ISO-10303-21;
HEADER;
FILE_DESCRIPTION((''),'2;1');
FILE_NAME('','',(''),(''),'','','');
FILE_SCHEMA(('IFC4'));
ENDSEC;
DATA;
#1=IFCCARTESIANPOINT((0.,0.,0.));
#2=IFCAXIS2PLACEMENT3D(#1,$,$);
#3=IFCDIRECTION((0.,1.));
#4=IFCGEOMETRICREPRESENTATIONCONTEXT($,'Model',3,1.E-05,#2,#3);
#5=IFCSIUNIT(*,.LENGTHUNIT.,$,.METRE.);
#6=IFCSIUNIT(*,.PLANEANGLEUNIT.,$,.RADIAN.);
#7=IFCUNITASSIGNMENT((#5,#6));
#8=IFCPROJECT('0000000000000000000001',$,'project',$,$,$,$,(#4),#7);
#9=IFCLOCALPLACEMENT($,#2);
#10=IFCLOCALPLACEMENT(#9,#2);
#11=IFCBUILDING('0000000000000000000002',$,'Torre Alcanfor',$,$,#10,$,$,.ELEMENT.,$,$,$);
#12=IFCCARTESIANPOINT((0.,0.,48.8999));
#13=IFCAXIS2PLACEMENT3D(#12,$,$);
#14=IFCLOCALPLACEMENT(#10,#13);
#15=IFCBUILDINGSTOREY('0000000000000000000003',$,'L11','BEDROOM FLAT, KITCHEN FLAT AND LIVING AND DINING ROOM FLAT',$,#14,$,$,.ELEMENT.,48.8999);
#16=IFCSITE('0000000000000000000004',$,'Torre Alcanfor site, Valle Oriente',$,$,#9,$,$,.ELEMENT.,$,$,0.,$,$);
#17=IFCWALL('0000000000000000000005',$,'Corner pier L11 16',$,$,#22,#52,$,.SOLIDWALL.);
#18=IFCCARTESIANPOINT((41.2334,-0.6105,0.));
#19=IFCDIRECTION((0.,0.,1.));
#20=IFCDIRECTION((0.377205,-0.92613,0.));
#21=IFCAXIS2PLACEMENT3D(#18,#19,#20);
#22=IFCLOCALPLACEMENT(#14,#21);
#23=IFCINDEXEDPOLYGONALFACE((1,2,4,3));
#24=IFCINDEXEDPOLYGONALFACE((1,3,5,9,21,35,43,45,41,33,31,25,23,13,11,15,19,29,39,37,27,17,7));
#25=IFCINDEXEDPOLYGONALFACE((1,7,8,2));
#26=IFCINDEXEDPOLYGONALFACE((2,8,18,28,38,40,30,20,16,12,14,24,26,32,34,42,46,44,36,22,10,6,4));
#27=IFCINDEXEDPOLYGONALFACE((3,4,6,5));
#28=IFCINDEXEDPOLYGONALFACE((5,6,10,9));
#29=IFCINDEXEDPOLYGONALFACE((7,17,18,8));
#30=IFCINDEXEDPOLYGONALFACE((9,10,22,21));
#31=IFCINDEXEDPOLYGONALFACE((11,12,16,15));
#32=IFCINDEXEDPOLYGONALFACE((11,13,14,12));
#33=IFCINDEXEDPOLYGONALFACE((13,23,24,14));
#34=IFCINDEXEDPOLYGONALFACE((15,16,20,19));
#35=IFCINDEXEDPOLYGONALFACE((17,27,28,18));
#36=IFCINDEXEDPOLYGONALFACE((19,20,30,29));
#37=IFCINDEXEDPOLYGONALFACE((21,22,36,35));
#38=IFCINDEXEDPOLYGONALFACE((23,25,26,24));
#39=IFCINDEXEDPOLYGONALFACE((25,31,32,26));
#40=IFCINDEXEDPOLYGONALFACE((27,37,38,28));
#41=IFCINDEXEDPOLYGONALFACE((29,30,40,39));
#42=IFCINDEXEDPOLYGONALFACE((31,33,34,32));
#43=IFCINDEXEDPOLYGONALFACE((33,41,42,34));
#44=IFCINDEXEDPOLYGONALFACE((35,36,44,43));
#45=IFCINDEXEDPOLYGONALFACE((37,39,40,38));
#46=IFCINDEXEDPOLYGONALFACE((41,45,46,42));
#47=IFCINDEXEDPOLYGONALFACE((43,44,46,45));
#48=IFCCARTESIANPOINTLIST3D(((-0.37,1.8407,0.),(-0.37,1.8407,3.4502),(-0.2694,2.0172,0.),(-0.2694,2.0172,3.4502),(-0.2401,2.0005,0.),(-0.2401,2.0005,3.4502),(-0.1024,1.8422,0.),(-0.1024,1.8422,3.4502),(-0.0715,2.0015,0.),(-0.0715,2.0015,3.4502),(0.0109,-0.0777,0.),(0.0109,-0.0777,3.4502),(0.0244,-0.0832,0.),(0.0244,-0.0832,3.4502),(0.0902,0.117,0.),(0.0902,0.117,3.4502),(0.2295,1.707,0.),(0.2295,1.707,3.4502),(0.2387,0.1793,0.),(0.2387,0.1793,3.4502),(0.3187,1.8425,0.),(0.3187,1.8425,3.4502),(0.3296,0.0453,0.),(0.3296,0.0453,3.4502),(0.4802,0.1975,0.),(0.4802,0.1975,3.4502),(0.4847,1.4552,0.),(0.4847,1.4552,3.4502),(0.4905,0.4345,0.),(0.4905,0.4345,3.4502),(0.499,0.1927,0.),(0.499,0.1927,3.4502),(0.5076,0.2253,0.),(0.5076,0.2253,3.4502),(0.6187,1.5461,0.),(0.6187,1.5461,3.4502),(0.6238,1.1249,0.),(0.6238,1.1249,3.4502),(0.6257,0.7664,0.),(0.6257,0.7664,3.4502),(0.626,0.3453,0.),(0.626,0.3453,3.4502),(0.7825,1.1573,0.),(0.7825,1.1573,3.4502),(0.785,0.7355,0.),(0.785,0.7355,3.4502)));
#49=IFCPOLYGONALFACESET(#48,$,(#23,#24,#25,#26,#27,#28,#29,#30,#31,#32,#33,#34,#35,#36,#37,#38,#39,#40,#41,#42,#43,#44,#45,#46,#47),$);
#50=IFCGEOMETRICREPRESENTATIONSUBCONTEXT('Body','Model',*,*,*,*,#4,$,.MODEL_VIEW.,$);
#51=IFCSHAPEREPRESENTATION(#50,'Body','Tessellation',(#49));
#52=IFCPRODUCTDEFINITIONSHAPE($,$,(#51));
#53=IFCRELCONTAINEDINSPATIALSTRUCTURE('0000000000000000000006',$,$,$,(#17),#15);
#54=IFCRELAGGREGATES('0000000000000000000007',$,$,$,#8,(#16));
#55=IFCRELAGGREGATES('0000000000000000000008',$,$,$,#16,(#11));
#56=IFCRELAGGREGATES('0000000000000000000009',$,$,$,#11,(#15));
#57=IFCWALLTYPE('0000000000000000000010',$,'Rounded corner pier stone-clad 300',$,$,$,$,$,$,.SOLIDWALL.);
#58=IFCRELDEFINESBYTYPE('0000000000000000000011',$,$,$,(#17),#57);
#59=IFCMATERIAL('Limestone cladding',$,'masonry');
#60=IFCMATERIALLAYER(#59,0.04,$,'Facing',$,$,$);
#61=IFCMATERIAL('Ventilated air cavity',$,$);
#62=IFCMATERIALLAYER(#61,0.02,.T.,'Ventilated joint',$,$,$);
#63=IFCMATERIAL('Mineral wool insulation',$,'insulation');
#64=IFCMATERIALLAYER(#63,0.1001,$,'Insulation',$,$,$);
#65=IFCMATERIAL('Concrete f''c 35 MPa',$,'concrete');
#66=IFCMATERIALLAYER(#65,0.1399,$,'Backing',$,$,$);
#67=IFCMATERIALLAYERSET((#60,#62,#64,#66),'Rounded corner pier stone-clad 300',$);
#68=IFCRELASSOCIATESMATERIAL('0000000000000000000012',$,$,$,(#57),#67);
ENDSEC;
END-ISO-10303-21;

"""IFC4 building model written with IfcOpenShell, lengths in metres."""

from ifc_helpers import new_model, si_unit, direction, frame, origin, place, context, subcontext, project, spatial, polyline, outline, extrude, material, layer, layer_set, type_object, element, save


model = new_model("IFC4")

# Units and contexts
model_context = context("Model", 3, precision=1e-05, world=origin(), true_north=direction((0.0, 1.0)))
body_context = subcontext(model_context, "Body", "Model", "MODEL_VIEW")
ifc_project = project(units=[si_unit("LENGTHUNIT", "METRE"), si_unit("PLANEANGLEUNIT", "RADIAN")], contexts=[model_context])

# Site, building, storey
site_placement = place(None, origin())
site = spatial("IfcSite", under=ifc_project, at=site_placement, Name="Torre Alcanfor site, Valle Oriente", CompositionType="ELEMENT", RefElevation=0.0)
building_placement = place(site_placement, origin())
building = spatial("IfcBuilding", under=site, at=building_placement, Name="Torre Alcanfor", CompositionType="ELEMENT")
storey_placement = place(building_placement, frame((0.0, 0.0, 48.8999)))
storey = spatial("IfcBuildingStorey", under=building, at=storey_placement, Name="L11", Description="BEDROOM FLAT, KITCHEN FLAT AND LIVING AND DINING ROOM FLAT", CompositionType="ELEMENT", Elevation=48.8999)

# Wall
ifc_material_1 = material(Name="Limestone cladding", Category="masonry")
ifc_layer_1 = layer(ifc_material_1, 0.04, Name="Facing")
ifc_material_2 = material(Name="Ventilated air cavity")
ifc_layer_2 = layer(ifc_material_2, 0.02, ventilated=True, Name="Ventilated joint")
ifc_material_3 = material(Name="Mineral wool insulation", Category="insulation")
ifc_layer_3 = layer(ifc_material_3, 0.1001, Name="Insulation")
ifc_material_4 = material(Name="Concrete f'c 35 MPa", Category="concrete")
ifc_layer_4 = layer(ifc_material_4, 0.1399, Name="Backing")
ifc_layer_set_1 = layer_set([ifc_layer_1, ifc_layer_2, ifc_layer_3, ifc_layer_4], Name="Rounded corner pier stone-clad 300")
wall_type_1 = type_object("IfcWallType", Name="Rounded corner pier stone-clad 300", PredefinedType="SOLIDWALL", material=ifc_layer_set_1)
wall_1_placement = place(storey_placement, frame((41.2334, -0.6105, 0.0), z_axis=(0.0, 0.0, 1.0), x_axis=(0.377205, -0.92613, 0.0)))
element("IfcWall", 1, at=wall_1_placement, inside=storey, type_object=wall_type_1, Name="Corner pier L11 16", PredefinedType="SOLIDWALL", context=body_context, shape_type="SweptSolid", body=[
    extrude(outline(polyline([(0.3187, 1.8425), (-0.0715, 2.0015), (-0.2401, 2.0005), (-0.2694, 2.0172), (-0.37, 1.8407), (-0.1024, 1.8422), (0.2295, 1.707), (0.4847, 1.4552), (0.6238, 1.1249), (0.6257, 0.7664), (0.4905, 0.4345), (0.2387, 0.1793), (0.0902, 0.117), (0.0109, -0.0777), (0.0244, -0.0832), (0.3296, 0.0453), (0.4802, 0.1975), (0.499, 0.1927), (0.5076, 0.2253), (0.626, 0.3453), (0.785, 0.7355), (0.7825, 1.1573), (0.6187, 1.5461), (0.3187, 1.8425)])), origin(), (0.0, 0.0, 1.0), 3.4502),
])

save(model, "model.ifc")
